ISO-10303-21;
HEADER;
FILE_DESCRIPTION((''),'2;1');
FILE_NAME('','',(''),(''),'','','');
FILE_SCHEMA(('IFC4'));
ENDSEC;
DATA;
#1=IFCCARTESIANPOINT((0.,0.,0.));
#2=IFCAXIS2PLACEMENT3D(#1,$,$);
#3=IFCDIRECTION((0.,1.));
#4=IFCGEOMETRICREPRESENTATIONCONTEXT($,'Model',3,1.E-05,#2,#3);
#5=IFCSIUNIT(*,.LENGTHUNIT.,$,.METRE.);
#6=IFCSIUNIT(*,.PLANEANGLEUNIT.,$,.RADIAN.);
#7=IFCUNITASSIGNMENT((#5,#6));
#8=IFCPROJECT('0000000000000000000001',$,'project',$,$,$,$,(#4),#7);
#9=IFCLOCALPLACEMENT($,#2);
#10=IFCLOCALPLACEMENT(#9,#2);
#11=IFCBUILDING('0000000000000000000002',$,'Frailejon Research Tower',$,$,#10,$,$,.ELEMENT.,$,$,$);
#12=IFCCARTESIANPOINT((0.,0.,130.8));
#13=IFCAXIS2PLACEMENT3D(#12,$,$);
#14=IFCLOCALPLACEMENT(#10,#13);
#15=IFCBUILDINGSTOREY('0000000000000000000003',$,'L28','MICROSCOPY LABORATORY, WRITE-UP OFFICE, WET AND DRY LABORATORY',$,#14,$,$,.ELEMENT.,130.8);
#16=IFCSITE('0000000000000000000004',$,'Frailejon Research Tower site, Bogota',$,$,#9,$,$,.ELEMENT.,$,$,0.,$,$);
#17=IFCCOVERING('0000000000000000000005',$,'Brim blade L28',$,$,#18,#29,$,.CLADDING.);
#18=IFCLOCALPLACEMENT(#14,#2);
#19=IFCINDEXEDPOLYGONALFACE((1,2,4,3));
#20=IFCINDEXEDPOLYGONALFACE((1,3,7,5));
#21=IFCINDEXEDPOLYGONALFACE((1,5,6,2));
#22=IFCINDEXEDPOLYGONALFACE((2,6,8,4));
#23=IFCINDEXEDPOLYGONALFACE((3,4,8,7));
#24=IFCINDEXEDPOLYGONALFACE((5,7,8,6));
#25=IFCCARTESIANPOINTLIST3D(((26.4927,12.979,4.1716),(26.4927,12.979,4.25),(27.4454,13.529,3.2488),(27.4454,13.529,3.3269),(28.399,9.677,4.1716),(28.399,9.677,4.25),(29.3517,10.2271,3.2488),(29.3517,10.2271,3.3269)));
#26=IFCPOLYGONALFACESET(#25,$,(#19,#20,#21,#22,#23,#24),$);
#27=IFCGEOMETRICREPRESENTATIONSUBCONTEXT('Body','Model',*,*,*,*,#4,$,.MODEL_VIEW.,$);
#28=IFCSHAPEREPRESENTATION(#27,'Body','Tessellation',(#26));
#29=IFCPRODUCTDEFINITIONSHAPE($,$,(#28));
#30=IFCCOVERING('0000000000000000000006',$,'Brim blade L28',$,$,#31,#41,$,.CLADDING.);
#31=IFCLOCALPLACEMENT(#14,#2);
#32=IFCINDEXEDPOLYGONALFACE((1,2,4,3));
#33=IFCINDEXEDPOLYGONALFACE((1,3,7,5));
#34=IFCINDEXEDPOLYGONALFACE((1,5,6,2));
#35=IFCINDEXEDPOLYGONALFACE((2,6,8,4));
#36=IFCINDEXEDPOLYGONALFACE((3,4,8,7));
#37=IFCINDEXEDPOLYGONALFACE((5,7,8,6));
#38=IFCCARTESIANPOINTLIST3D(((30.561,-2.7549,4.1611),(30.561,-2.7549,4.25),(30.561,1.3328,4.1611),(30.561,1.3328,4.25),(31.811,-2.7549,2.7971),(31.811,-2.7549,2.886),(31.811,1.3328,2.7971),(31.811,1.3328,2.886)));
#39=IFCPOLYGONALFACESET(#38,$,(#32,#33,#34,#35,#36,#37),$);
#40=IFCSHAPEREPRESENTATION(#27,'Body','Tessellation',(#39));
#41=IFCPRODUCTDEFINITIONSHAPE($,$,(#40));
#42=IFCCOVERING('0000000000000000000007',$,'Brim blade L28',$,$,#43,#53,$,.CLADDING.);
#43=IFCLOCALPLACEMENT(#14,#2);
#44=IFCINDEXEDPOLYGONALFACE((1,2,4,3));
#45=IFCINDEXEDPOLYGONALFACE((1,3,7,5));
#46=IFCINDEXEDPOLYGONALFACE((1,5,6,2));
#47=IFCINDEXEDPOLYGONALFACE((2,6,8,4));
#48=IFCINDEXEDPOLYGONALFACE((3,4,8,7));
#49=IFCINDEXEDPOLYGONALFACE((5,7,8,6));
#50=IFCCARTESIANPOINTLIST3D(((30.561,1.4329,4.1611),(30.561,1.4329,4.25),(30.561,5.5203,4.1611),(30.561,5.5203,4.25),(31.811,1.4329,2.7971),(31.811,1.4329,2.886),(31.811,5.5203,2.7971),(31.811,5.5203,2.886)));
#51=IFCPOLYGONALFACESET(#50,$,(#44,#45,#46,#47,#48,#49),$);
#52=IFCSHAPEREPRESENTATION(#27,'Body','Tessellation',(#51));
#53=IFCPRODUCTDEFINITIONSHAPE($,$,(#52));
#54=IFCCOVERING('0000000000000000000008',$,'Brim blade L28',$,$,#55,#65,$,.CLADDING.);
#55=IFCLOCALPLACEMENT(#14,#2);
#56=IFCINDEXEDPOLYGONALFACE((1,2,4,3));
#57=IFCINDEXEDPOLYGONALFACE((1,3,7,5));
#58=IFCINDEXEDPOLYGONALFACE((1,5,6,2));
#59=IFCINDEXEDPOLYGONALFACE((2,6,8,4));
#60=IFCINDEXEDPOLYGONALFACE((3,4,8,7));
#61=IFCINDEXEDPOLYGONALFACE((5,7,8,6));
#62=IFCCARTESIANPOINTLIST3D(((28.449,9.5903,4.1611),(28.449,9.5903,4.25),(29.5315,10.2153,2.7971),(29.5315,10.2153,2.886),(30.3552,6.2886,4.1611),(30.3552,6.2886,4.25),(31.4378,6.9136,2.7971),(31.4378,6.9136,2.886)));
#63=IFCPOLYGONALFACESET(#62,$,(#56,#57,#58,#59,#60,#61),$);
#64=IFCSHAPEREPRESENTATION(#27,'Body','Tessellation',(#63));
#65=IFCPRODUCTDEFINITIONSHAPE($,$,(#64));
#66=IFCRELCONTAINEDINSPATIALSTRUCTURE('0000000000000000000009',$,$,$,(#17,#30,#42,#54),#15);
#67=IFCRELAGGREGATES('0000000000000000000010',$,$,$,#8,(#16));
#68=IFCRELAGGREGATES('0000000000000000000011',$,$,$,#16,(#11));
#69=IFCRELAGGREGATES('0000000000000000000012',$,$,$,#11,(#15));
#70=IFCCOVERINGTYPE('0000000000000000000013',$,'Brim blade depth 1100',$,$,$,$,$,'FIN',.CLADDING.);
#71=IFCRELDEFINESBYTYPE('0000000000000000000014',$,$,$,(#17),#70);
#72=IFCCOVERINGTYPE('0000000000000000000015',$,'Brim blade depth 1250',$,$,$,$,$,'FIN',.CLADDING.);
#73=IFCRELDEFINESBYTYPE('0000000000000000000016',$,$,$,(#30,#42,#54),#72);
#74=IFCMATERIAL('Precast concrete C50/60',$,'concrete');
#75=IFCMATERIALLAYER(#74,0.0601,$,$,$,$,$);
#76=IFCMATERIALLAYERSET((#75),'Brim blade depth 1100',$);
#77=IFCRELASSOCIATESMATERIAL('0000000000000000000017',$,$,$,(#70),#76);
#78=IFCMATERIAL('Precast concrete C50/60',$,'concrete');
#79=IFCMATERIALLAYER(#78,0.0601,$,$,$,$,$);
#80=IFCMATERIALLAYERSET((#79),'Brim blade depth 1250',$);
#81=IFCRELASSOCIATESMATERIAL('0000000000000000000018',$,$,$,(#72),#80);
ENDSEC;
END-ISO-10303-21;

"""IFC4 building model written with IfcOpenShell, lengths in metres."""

from ifc_helpers import new_model, si_unit, direction, frame, origin, place, context, subcontext, project, spatial, polyline, outline, extrude, material, layer, layer_set, type_object, element, save


model = new_model("IFC4")

# Units and contexts
model_context = context("Model", 3, precision=1e-05, world=origin(), true_north=direction((0.0, 1.0)))
body_context = subcontext(model_context, "Body", "Model", "MODEL_VIEW")
ifc_project = project(units=[si_unit("LENGTHUNIT", "METRE"), si_unit("PLANEANGLEUNIT", "RADIAN")], contexts=[model_context])

# Site, building, storey
site_placement = place(None, origin())
site = spatial("IfcSite", under=ifc_project, at=site_placement, Name="Frailejon Research Tower site, Bogota", CompositionType="ELEMENT", RefElevation=0.0)
building_placement = place(site_placement, origin())
building = spatial("IfcBuilding", under=site, at=building_placement, Name="Frailejon Research Tower", CompositionType="ELEMENT")
storey_placement = place(building_placement, frame((0.0, 0.0, 130.8)))
storey = spatial("IfcBuildingStorey", under=building, at=storey_placement, Name="L28", Description="MICROSCOPY LABORATORY, WRITE-UP OFFICE, WET AND DRY LABORATORY", CompositionType="ELEMENT", Elevation=130.8)

# Coverings
ifc_material_1 = material(Name="Precast concrete C50/60", Category="concrete")
ifc_layer_1 = layer(ifc_material_1, 0.0601)
ifc_layer_set_1 = layer_set([ifc_layer_1], Name="Brim blade depth 1100")
covering_type_1 = type_object("IfcCoveringType", Name="Brim blade depth 1100", ElementType="FIN", PredefinedType="CLADDING", material=ifc_layer_set_1)
covering_1_placement = place(storey_placement, frame((26.4927, 12.979, 4.25), z_axis=(0.49999, -0.866031, 0.0), x_axis=(0.866031, 0.49999, 0.0)))
element("IfcCovering", 1, at=covering_1_placement, inside=storey, type_object=covering_type_1, Name="Brim blade L28", PredefinedType="CLADDING", context=body_context, shape_type="SweptSolid", body=[
    extrude(outline(polyline([(0.0, -0.0784), (1.1001, -1.0012), (1.1001, -0.9231), (0.0, 0.0), (0.0, -0.0784)])), origin(), (0.0, 0.0, 1.0), 3.8127),
])
ifc_material_2 = material(Name="Precast concrete C50/60", Category="concrete")
ifc_layer_2 = layer(ifc_material_2, 0.0601)
ifc_layer_set_2 = layer_set([ifc_layer_2], Name="Brim blade depth 1250")
covering_type_2 = type_object("IfcCoveringType", Name="Brim blade depth 1250", ElementType="FIN", PredefinedType="CLADDING", material=ifc_layer_set_2)
covering_2_placement = place(storey_placement, frame((30.561, 1.3328, 4.25), z_axis=(0.0, -1.0, 0.0), x_axis=(1.0, 0.0, 0.0)))
element("IfcCovering", 2, at=covering_2_placement, inside=storey, type_object=covering_type_2, Name="Brim blade L28", PredefinedType="CLADDING", context=body_context, shape_type="SweptSolid", body=[
    extrude(outline(polyline([(0.0, -0.0889), (1.25, -1.4529), (1.25, -1.364), (0.0, 0.0), (0.0, -0.0889)])), origin(), (0.0, 0.0, 1.0), 4.0876),
])
covering_3_placement = place(storey_placement, frame((30.561, 5.5203, 4.25), z_axis=(0.0, -1.0, 0.0), x_axis=(1.0, 0.0, 0.0)))
element("IfcCovering", 3, at=covering_3_placement, inside=storey, type_object=covering_type_2, Name="Brim blade L28", PredefinedType="CLADDING", context=body_context, shape_type="SweptSolid", body=[
    extrude(outline(polyline([(0.0, -0.0889), (1.25, -1.4529), (1.25, -1.364), (0.0, 0.0), (0.0, -0.0889)])), origin(), (0.0, 0.0, 1.0), 4.0874),
])
covering_4_placement = place(storey_placement, frame((28.449, 9.5903, 4.25), z_axis=(0.500001, -0.866025, 0.0), x_axis=(0.866025, 0.500001, 0.0)))
element("IfcCovering", 4, at=covering_4_placement, inside=storey, type_object=covering_type_2, Name="Brim blade L28", PredefinedType="CLADDING", context=body_context, shape_type="SweptSolid", body=[
    extrude(outline(polyline([(0.0, -0.0889), (1.25, -1.4529), (1.25, -1.364), (0.0, 0.0), (0.0, -0.0889)])), origin(), (0.0, 0.0, 1.0), 3.8125),
])

save(model, "model.ifc")
